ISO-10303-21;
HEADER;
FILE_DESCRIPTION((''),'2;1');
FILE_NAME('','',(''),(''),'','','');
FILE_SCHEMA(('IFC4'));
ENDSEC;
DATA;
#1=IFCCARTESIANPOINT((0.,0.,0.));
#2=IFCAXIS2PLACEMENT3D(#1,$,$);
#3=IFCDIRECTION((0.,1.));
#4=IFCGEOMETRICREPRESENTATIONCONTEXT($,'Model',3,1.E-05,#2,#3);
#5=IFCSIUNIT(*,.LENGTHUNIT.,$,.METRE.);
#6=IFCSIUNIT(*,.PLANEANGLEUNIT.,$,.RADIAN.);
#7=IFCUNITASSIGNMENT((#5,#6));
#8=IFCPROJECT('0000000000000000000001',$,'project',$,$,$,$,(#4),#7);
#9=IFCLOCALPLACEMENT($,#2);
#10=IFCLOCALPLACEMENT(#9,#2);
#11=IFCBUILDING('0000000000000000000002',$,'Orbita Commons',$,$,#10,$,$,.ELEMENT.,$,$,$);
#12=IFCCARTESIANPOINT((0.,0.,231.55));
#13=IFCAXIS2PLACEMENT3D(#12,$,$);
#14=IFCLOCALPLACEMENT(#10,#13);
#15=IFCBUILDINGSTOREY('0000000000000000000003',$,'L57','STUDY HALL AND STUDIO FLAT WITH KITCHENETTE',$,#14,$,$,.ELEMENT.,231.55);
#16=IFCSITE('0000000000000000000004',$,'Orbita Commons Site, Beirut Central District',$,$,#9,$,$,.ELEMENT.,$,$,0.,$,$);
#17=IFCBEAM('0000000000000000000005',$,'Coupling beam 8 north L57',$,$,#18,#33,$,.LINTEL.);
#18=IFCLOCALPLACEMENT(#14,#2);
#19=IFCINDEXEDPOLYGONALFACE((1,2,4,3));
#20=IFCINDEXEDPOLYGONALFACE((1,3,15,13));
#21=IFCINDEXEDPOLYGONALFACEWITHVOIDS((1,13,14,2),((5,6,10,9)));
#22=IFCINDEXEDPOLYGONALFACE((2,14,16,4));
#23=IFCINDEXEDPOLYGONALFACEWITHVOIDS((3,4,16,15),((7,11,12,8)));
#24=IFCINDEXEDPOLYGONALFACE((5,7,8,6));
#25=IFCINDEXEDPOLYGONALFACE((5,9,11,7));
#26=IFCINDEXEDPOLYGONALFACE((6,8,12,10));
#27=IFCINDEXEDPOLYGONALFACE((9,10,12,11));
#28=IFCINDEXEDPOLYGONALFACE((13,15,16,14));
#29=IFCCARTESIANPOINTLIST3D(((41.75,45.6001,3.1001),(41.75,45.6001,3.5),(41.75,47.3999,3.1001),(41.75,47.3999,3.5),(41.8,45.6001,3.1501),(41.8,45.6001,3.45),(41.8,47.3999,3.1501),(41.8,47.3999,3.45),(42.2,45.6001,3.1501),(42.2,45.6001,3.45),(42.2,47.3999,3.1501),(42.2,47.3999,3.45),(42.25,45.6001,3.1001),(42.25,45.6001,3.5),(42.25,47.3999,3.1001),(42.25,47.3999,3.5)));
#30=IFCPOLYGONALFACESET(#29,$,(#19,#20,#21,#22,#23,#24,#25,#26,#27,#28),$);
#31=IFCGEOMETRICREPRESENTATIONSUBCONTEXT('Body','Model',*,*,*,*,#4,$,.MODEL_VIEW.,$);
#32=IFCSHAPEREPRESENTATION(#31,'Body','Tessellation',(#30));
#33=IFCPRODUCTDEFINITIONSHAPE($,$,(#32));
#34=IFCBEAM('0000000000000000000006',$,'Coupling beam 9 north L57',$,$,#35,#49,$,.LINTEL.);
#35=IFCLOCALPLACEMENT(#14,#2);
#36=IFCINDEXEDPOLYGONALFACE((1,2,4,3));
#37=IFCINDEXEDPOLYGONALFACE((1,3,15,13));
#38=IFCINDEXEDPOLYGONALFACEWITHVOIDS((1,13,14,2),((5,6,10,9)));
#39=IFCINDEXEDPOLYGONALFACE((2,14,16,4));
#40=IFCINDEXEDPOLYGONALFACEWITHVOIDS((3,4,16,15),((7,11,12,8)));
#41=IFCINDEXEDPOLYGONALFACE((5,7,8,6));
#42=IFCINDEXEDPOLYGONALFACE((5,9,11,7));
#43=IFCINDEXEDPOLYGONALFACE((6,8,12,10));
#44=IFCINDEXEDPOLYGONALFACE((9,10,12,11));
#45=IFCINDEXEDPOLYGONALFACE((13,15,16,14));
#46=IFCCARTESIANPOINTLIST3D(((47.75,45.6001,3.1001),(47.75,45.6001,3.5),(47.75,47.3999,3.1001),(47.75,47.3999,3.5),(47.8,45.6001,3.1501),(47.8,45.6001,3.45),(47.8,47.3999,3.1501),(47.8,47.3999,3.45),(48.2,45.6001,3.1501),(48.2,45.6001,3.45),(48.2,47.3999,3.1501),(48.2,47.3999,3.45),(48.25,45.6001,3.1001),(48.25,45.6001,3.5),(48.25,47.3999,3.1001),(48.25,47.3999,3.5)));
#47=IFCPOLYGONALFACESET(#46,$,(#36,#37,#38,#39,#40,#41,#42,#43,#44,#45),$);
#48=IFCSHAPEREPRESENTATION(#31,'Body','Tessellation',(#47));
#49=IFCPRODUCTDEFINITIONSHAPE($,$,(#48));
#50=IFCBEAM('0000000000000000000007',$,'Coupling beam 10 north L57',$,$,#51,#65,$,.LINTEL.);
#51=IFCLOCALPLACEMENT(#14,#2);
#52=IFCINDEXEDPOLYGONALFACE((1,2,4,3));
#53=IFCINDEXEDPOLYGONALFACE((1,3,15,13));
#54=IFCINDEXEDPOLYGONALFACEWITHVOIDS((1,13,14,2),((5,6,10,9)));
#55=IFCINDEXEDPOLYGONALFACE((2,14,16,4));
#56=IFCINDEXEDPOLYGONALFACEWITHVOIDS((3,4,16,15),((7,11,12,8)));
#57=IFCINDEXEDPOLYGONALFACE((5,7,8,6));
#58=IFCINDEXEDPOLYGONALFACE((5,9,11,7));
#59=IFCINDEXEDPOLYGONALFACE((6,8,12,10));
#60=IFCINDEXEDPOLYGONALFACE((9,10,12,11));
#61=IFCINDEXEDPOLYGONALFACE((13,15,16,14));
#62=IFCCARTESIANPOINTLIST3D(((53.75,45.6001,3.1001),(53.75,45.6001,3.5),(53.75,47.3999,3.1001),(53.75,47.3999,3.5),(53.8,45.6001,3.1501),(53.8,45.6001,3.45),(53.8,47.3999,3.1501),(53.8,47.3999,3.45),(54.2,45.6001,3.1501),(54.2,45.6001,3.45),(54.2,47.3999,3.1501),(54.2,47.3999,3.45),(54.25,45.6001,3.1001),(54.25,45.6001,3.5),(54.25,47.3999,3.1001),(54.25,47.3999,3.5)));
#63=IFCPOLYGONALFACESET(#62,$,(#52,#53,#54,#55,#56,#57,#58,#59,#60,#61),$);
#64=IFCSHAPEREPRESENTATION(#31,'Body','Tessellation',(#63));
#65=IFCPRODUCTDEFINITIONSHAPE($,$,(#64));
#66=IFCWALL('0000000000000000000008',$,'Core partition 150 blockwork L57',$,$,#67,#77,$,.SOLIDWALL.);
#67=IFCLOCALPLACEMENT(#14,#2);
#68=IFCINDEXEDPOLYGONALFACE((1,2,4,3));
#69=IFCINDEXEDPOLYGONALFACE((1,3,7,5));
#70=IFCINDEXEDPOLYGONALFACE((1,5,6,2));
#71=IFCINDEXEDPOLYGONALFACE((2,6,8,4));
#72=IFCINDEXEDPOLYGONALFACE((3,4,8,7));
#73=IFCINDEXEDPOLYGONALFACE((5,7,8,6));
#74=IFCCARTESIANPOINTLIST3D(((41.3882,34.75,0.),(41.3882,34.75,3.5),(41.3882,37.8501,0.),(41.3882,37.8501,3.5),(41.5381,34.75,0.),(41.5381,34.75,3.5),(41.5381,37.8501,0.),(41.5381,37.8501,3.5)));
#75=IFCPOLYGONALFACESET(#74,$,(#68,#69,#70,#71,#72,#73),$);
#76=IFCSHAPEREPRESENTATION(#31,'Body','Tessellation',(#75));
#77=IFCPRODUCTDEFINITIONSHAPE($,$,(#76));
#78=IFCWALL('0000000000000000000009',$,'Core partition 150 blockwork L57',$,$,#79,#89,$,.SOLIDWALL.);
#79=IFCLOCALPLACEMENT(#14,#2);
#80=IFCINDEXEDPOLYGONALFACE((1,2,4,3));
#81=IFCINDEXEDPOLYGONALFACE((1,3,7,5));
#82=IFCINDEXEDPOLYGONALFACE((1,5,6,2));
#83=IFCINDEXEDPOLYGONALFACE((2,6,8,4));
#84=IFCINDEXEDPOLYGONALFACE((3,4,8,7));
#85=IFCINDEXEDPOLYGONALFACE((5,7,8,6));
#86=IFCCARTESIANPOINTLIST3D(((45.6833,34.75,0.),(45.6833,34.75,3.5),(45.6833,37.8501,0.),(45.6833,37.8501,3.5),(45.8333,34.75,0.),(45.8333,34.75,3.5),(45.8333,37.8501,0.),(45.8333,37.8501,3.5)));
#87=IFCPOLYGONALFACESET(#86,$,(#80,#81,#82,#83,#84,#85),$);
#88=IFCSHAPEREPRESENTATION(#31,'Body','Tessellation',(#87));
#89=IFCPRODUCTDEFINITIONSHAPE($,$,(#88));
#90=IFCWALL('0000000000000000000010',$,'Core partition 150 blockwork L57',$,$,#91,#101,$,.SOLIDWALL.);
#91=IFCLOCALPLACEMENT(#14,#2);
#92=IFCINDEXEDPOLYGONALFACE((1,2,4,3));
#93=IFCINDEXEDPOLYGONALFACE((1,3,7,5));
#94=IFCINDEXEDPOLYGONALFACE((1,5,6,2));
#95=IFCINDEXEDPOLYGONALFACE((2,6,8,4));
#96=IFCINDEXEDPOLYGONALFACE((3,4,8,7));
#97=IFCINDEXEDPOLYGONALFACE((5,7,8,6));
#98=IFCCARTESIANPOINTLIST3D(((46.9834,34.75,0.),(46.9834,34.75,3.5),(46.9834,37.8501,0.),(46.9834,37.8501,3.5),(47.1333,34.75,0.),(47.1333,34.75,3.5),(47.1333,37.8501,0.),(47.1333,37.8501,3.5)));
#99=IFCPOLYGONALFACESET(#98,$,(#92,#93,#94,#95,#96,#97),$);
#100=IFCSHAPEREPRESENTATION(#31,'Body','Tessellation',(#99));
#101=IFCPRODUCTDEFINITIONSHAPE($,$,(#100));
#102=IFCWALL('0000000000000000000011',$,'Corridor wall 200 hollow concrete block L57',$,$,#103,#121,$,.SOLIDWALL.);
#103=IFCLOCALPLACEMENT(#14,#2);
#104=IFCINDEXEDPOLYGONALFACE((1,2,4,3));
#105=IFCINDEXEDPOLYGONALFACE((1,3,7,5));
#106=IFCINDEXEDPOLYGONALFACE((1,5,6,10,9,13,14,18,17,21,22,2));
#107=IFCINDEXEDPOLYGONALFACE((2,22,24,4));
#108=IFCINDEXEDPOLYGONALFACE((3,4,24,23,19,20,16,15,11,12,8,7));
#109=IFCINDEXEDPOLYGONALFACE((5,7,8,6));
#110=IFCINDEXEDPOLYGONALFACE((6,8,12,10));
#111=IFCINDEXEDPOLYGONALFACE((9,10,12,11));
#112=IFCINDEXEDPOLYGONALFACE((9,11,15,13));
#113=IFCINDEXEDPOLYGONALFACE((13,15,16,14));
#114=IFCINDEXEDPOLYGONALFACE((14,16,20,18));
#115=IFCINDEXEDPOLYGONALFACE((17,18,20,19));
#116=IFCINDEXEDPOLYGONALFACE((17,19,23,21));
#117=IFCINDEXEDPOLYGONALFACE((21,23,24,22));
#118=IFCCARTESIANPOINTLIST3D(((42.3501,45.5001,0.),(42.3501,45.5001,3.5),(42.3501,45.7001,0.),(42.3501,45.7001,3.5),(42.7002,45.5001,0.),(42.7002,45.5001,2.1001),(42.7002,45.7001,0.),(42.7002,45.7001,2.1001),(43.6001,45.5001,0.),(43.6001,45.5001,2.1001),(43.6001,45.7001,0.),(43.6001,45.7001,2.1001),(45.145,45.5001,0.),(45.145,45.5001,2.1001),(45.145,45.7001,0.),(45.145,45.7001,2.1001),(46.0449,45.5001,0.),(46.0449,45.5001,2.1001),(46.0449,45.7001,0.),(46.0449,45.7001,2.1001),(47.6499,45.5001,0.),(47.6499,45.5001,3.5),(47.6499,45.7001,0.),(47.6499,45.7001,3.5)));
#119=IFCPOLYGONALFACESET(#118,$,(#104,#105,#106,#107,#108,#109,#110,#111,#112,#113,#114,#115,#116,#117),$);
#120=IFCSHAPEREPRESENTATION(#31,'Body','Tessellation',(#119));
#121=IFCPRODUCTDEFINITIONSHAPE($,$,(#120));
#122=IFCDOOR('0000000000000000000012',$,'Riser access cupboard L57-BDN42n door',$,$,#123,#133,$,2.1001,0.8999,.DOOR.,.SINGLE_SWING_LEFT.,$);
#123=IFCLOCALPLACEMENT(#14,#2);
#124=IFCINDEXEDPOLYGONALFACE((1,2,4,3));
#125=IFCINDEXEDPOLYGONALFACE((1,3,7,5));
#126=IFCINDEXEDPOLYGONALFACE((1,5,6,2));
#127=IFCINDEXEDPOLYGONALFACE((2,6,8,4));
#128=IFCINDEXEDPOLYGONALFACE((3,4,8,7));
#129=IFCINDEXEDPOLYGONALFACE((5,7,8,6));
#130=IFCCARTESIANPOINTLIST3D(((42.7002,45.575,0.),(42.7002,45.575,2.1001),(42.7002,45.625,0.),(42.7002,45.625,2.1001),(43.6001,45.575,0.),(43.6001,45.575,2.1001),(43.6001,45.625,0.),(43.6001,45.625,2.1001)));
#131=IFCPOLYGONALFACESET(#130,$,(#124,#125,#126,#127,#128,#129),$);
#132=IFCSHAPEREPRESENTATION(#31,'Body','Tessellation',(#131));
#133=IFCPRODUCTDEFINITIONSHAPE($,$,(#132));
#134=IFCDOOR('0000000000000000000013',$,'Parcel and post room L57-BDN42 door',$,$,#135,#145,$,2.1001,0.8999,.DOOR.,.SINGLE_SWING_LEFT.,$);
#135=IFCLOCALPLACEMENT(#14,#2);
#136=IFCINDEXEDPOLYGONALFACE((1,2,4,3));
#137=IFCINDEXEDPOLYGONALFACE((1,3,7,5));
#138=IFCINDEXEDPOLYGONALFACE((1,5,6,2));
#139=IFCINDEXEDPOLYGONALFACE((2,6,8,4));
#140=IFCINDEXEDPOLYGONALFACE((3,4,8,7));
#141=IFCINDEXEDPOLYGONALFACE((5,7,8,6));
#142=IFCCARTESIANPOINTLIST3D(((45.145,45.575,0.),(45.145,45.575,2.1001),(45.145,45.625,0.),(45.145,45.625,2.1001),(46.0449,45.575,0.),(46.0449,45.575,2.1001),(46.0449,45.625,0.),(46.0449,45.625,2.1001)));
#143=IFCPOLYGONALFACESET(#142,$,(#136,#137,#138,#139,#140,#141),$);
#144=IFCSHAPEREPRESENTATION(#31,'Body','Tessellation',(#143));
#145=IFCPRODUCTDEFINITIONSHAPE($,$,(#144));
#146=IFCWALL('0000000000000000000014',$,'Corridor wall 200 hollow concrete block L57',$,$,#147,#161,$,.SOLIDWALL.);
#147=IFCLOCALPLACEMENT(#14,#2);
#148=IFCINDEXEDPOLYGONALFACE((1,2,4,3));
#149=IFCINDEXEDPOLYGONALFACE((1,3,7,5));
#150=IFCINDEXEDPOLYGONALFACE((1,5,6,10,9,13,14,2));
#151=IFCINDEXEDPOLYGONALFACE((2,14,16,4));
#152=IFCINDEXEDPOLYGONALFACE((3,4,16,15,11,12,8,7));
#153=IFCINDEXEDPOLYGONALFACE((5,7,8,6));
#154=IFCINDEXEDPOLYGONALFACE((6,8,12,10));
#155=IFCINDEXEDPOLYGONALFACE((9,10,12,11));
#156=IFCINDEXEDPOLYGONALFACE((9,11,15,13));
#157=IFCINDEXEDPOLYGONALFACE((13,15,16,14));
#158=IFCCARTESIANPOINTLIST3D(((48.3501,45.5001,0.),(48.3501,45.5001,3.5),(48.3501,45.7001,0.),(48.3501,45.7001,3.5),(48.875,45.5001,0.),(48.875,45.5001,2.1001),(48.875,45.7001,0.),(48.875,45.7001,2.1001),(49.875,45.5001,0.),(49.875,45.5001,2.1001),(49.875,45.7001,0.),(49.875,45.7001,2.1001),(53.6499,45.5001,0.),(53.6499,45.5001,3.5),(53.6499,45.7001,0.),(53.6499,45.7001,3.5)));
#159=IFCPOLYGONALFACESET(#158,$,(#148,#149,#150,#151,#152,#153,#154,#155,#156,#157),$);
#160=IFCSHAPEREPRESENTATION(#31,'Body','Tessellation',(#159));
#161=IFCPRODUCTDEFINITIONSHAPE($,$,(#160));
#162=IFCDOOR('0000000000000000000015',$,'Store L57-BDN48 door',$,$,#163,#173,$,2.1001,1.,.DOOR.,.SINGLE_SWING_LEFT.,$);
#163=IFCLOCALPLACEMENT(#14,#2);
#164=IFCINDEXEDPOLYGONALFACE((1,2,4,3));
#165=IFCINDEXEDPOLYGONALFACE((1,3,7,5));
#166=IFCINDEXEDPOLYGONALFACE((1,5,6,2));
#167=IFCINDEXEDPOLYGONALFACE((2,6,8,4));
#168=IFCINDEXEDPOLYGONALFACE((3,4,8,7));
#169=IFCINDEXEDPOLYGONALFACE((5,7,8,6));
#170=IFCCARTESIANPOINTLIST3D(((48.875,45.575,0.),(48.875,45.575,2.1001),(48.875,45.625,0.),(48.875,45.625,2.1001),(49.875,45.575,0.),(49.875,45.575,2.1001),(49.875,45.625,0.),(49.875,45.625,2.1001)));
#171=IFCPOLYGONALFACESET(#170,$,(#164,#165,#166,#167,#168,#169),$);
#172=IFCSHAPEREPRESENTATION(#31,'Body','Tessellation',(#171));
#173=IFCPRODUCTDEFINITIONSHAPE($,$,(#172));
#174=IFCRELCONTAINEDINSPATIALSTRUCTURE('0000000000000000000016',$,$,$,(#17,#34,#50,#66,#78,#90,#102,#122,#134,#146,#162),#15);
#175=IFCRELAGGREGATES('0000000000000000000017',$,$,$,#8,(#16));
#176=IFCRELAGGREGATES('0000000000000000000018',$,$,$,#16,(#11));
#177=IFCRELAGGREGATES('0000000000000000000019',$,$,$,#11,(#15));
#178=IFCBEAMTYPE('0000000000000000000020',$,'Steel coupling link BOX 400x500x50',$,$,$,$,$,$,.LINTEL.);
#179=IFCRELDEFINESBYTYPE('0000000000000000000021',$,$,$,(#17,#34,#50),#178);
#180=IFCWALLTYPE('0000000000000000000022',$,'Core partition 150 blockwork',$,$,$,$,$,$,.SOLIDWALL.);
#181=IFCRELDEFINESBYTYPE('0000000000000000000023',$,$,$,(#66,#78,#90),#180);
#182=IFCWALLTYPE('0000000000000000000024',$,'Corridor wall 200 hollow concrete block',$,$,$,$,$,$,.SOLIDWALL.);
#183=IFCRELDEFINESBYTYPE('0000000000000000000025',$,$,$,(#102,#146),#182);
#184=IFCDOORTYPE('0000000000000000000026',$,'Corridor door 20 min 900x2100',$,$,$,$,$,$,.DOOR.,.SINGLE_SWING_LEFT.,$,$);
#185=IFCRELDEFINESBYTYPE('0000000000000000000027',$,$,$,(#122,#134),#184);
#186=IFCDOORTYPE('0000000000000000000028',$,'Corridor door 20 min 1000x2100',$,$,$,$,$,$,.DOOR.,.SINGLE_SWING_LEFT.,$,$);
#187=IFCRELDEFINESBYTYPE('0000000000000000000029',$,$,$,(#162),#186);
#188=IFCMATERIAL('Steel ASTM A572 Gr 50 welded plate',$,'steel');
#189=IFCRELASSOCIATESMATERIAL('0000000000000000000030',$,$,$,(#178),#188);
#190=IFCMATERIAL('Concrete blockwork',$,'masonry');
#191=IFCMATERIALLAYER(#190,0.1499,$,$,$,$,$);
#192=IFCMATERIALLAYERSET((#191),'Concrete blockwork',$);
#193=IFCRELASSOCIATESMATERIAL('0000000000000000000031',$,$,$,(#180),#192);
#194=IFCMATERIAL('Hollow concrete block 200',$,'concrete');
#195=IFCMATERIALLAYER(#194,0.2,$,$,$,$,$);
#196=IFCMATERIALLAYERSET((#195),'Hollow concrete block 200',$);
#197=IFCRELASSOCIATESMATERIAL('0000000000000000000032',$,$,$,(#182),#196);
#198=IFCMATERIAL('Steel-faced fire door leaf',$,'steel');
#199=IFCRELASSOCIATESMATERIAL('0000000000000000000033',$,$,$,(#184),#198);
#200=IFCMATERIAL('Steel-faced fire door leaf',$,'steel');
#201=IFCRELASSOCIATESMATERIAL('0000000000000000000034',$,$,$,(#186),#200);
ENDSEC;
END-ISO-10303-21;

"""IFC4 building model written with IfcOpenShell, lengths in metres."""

from ifc_helpers import new_model, si_unit, direction, frame, frame_2d, origin, origin_2d, place, context, subcontext, project, spatial, rectangle, hollow_rectangle, extrude, material, layer, layer_set, material_profile, profile_set, type_object, element, fill, save


model = new_model("IFC4")

# Units and contexts
model_context = context("Model", 3, precision=1e-05, world=origin(), true_north=direction((0.0, 1.0)))
body_context = subcontext(model_context, "Body", "Model", "MODEL_VIEW")
ifc_project = project(units=[si_unit("LENGTHUNIT", "METRE"), si_unit("PLANEANGLEUNIT", "RADIAN")], contexts=[model_context])

# Site, building, storey
site_placement = place(None, origin())
site = spatial("IfcSite", under=ifc_project, at=site_placement, Name="Orbita Commons Site, Beirut Central District", CompositionType="ELEMENT", RefElevation=0.0)
building_placement = place(site_placement, origin())
building = spatial("IfcBuilding", under=site, at=building_placement, Name="Orbita Commons", CompositionType="ELEMENT")
storey_placement = place(building_placement, frame((0.0, 0.0, 231.55)))
storey = spatial("IfcBuildingStorey", under=building, at=storey_placement, Name="L57", Description="STUDY HALL AND STUDIO FLAT WITH KITCHENETTE", CompositionType="ELEMENT", Elevation=231.55)

# Beams
ifc_material_1 = material(Name="Steel ASTM A572 Gr 50 welded plate", Category="steel")
ifc_material_profile = material_profile(ifc_material_1, hollow_rectangle(XDim=0.5, YDim=0.3999, WallThickness=0.05, at=origin_2d()), Name="BOX 400x500x50")
ifc_profile_set = profile_set([ifc_material_profile], Name="Steel ASTM A572 Gr 50 welded plate")
beam_type = type_object("IfcBeamType", Name="Steel coupling link BOX 400x500x50", PredefinedType="LINTEL", material=ifc_profile_set)
for number, where, z_axis, x_axis, name in (
    (1, (42.0, 45.6001, 3.3), (0.0, 1.0, 0.0), (-1.0, 0.0, 0.0), "Coupling beam 8 north L57"),
    (2, (48.0, 45.6001, 3.3), (0.0, 1.0, 0.0), (-1.0, 0.0, 0.0), "Coupling beam 9 north L57"),
    (3, (54.0, 45.6001, 3.3), (0.0, 1.0, 0.0), (-1.0, 0.0, 0.0), "Coupling beam 10 north L57"),
):
    element("IfcBeam", number, at=place(storey_placement, frame(where, z_axis=z_axis, x_axis=x_axis)), inside=storey, type_object=beam_type, Name=name, PredefinedType="LINTEL", context=body_context, shape_type="SweptSolid", body=[
        extrude(hollow_rectangle(XDim=0.5, YDim=0.3999, WallThickness=0.05, at=origin_2d()), origin(), (0.0, 0.0, 1.0), 1.7998),
    ])

# Walls
ifc_material_2 = material(Name="Concrete blockwork", Category="masonry")
ifc_layer_1 = layer(ifc_material_2, 0.1499)
ifc_layer_set_1 = layer_set([ifc_layer_1], Name="Concrete blockwork")
wall_type_1 = type_object("IfcWallType", Name="Core partition 150 blockwork", PredefinedType="SOLIDWALL", material=ifc_layer_set_1)
for number, where, z_axis, x_axis, name in (
    (4, (41.4631, 34.75, 0.0), (0.0, 0.0, 1.0), (0.0, 1.0, 0.0), "Core partition 150 blockwork L57"),
    (5, (45.7583, 34.75, 0.0), (0.0, 0.0, 1.0), (0.0, 1.0, 0.0), "Core partition 150 blockwork L57"),
    (6, (47.0583, 34.75, 0.0), (0.0, 0.0, 1.0), (0.0, 1.0, 0.0), "Core partition 150 blockwork L57"),
):
    element("IfcWall", number, at=place(storey_placement, frame(where, z_axis=z_axis, x_axis=x_axis)), inside=storey, type_object=wall_type_1, Name=name, PredefinedType="SOLIDWALL", context=body_context, shape_type="SweptSolid", body=[
        extrude(rectangle(XDim=3.1001, YDim=0.1499, at=frame_2d((1.55, 0.0))), origin(), (0.0, 0.0, 1.0), 3.5),
    ])

# Wall, openings, doors
ifc_material_3 = material(Name="Hollow concrete block 200", Category="concrete")
ifc_layer_2 = layer(ifc_material_3, 0.2)
ifc_layer_set_2 = layer_set([ifc_layer_2], Name="Hollow concrete block 200")
wall_type_2 = type_object("IfcWallType", Name="Corridor wall 200 hollow concrete block", PredefinedType="SOLIDWALL", material=ifc_layer_set_2)
wall_1_placement = place(storey_placement, frame((42.3501, 45.6001, 0.0), z_axis=(0.0, 0.0, 1.0), x_axis=(1.0, 0.0, 0.0)))
wall_1 = element("IfcWall", 7, at=wall_1_placement, inside=storey, type_object=wall_type_2, Name="Corridor wall 200 hollow concrete block L57", PredefinedType="SOLIDWALL", context=body_context, shape_type="SweptSolid", body=[
    extrude(rectangle(XDim=5.2998, YDim=0.2, at=frame_2d((2.6499, 0.0))), origin(), (0.0, 0.0, 1.0), 3.5),
])
opening_1_placement = place(wall_1_placement, frame((0.3501, 0.0, 0.0)))
opening_1 = element("IfcOpeningElement", 8, at=opening_1_placement, cuts=wall_1, PredefinedType="OPENING", context=body_context, shape_type="SweptSolid", body=[
    extrude(rectangle(XDim=0.8999, YDim=2.1001, at=frame_2d((0.45, 1.05))), frame((0.0, 0.1099, 0.0), z_axis=(0.0, -1.0, 0.0), x_axis=(1.0, 0.0, 0.0)), (0.0, 0.0, 1.0), 0.22),
])
opening_2_placement = place(wall_1_placement, frame((2.7949, 0.0, 0.0)))
opening_2 = element("IfcOpeningElement", 9, at=opening_2_placement, cuts=wall_1, PredefinedType="OPENING", context=body_context, shape_type="SweptSolid", body=[
    extrude(rectangle(XDim=0.8999, YDim=2.1001, at=frame_2d((0.45, 1.05))), frame((0.0, 0.1099, 0.0), z_axis=(0.0, -1.0, 0.0), x_axis=(1.0, 0.0, 0.0)), (0.0, 0.0, 1.0), 0.22),
])
ifc_material_4 = material(Name="Steel-faced fire door leaf", Category="steel")
door_type_1 = type_object("IfcDoorType", Name="Corridor door 20 min 900x2100", OperationType="SINGLE_SWING_LEFT", PredefinedType="DOOR", material=ifc_material_4)
door_1_placement = place(opening_1_placement, origin())
door_1 = element("IfcDoor", 10, at=door_1_placement, inside=storey, type_object=door_type_1, Name="Riser access cupboard L57-BDN42n door", OperationType="SINGLE_SWING_LEFT", OverallHeight=2.1001, OverallWidth=0.8999, PredefinedType="DOOR", context=body_context, shape_type="SweptSolid", body=[
    extrude(rectangle(XDim=0.8999, YDim=2.1001, at=frame_2d((0.45, 1.05))), frame((0.0, 0.0249, 0.0), z_axis=(0.0, -1.0, 0.0), x_axis=(1.0, 0.0, 0.0)), (0.0, 0.0, 1.0), 0.05),
])
fill(opening_1, door_1)
door_2_placement = place(opening_2_placement, origin())
door_2 = element("IfcDoor", 11, at=door_2_placement, inside=storey, type_object=door_type_1, Name="Parcel and post room L57-BDN42 door", OperationType="SINGLE_SWING_LEFT", OverallHeight=2.1001, OverallWidth=0.8999, PredefinedType="DOOR", context=body_context, shape_type="SweptSolid", body=[
    extrude(rectangle(XDim=0.8999, YDim=2.1001, at=frame_2d((0.45, 1.05))), frame((0.0, 0.0249, 0.0), z_axis=(0.0, -1.0, 0.0), x_axis=(1.0, 0.0, 0.0)), (0.0, 0.0, 1.0), 0.05),
])
fill(opening_2, door_2)

# Wall, opening, door
wall_2_placement = place(storey_placement, frame((48.3501, 45.6001, 0.0), z_axis=(0.0, 0.0, 1.0), x_axis=(1.0, 0.0, 0.0)))
wall_2 = element("IfcWall", 12, at=wall_2_placement, inside=storey, type_object=wall_type_2, Name="Corridor wall 200 hollow concrete block L57", PredefinedType="SOLIDWALL", context=body_context, shape_type="SweptSolid", body=[
    extrude(rectangle(XDim=5.2998, YDim=0.2, at=frame_2d((2.6499, 0.0))), origin(), (0.0, 0.0, 1.0), 3.5),
])
opening_3_placement = place(wall_2_placement, frame((0.5249, 0.0, 0.0)))
opening_3 = element("IfcOpeningElement", 13, at=opening_3_placement, cuts=wall_2, PredefinedType="OPENING", context=body_context, shape_type="SweptSolid", body=[
    extrude(rectangle(XDim=1.0, YDim=2.1001, at=frame_2d((0.5, 1.05))), frame((0.0, 0.1099, 0.0), z_axis=(0.0, -1.0, 0.0), x_axis=(1.0, 0.0, 0.0)), (0.0, 0.0, 1.0), 0.22),
])
ifc_material_5 = material(Name="Steel-faced fire door leaf", Category="steel")
door_type_2 = type_object("IfcDoorType", Name="Corridor door 20 min 1000x2100", OperationType="SINGLE_SWING_LEFT", PredefinedType="DOOR", material=ifc_material_5)
door_3_placement = place(opening_3_placement, origin())
door_3 = element("IfcDoor", 14, at=door_3_placement, inside=storey, type_object=door_type_2, Name="Store L57-BDN48 door", OperationType="SINGLE_SWING_LEFT", OverallHeight=2.1001, OverallWidth=1.0, PredefinedType="DOOR", context=body_context, shape_type="SweptSolid", body=[
    extrude(rectangle(XDim=1.0, YDim=2.1001, at=frame_2d((0.5, 1.05))), frame((0.0, 0.0249, 0.0), z_axis=(0.0, -1.0, 0.0), x_axis=(1.0, 0.0, 0.0)), (0.0, 0.0, 1.0), 0.05),
])
fill(opening_3, door_3)

save(model, "model.ifc")
